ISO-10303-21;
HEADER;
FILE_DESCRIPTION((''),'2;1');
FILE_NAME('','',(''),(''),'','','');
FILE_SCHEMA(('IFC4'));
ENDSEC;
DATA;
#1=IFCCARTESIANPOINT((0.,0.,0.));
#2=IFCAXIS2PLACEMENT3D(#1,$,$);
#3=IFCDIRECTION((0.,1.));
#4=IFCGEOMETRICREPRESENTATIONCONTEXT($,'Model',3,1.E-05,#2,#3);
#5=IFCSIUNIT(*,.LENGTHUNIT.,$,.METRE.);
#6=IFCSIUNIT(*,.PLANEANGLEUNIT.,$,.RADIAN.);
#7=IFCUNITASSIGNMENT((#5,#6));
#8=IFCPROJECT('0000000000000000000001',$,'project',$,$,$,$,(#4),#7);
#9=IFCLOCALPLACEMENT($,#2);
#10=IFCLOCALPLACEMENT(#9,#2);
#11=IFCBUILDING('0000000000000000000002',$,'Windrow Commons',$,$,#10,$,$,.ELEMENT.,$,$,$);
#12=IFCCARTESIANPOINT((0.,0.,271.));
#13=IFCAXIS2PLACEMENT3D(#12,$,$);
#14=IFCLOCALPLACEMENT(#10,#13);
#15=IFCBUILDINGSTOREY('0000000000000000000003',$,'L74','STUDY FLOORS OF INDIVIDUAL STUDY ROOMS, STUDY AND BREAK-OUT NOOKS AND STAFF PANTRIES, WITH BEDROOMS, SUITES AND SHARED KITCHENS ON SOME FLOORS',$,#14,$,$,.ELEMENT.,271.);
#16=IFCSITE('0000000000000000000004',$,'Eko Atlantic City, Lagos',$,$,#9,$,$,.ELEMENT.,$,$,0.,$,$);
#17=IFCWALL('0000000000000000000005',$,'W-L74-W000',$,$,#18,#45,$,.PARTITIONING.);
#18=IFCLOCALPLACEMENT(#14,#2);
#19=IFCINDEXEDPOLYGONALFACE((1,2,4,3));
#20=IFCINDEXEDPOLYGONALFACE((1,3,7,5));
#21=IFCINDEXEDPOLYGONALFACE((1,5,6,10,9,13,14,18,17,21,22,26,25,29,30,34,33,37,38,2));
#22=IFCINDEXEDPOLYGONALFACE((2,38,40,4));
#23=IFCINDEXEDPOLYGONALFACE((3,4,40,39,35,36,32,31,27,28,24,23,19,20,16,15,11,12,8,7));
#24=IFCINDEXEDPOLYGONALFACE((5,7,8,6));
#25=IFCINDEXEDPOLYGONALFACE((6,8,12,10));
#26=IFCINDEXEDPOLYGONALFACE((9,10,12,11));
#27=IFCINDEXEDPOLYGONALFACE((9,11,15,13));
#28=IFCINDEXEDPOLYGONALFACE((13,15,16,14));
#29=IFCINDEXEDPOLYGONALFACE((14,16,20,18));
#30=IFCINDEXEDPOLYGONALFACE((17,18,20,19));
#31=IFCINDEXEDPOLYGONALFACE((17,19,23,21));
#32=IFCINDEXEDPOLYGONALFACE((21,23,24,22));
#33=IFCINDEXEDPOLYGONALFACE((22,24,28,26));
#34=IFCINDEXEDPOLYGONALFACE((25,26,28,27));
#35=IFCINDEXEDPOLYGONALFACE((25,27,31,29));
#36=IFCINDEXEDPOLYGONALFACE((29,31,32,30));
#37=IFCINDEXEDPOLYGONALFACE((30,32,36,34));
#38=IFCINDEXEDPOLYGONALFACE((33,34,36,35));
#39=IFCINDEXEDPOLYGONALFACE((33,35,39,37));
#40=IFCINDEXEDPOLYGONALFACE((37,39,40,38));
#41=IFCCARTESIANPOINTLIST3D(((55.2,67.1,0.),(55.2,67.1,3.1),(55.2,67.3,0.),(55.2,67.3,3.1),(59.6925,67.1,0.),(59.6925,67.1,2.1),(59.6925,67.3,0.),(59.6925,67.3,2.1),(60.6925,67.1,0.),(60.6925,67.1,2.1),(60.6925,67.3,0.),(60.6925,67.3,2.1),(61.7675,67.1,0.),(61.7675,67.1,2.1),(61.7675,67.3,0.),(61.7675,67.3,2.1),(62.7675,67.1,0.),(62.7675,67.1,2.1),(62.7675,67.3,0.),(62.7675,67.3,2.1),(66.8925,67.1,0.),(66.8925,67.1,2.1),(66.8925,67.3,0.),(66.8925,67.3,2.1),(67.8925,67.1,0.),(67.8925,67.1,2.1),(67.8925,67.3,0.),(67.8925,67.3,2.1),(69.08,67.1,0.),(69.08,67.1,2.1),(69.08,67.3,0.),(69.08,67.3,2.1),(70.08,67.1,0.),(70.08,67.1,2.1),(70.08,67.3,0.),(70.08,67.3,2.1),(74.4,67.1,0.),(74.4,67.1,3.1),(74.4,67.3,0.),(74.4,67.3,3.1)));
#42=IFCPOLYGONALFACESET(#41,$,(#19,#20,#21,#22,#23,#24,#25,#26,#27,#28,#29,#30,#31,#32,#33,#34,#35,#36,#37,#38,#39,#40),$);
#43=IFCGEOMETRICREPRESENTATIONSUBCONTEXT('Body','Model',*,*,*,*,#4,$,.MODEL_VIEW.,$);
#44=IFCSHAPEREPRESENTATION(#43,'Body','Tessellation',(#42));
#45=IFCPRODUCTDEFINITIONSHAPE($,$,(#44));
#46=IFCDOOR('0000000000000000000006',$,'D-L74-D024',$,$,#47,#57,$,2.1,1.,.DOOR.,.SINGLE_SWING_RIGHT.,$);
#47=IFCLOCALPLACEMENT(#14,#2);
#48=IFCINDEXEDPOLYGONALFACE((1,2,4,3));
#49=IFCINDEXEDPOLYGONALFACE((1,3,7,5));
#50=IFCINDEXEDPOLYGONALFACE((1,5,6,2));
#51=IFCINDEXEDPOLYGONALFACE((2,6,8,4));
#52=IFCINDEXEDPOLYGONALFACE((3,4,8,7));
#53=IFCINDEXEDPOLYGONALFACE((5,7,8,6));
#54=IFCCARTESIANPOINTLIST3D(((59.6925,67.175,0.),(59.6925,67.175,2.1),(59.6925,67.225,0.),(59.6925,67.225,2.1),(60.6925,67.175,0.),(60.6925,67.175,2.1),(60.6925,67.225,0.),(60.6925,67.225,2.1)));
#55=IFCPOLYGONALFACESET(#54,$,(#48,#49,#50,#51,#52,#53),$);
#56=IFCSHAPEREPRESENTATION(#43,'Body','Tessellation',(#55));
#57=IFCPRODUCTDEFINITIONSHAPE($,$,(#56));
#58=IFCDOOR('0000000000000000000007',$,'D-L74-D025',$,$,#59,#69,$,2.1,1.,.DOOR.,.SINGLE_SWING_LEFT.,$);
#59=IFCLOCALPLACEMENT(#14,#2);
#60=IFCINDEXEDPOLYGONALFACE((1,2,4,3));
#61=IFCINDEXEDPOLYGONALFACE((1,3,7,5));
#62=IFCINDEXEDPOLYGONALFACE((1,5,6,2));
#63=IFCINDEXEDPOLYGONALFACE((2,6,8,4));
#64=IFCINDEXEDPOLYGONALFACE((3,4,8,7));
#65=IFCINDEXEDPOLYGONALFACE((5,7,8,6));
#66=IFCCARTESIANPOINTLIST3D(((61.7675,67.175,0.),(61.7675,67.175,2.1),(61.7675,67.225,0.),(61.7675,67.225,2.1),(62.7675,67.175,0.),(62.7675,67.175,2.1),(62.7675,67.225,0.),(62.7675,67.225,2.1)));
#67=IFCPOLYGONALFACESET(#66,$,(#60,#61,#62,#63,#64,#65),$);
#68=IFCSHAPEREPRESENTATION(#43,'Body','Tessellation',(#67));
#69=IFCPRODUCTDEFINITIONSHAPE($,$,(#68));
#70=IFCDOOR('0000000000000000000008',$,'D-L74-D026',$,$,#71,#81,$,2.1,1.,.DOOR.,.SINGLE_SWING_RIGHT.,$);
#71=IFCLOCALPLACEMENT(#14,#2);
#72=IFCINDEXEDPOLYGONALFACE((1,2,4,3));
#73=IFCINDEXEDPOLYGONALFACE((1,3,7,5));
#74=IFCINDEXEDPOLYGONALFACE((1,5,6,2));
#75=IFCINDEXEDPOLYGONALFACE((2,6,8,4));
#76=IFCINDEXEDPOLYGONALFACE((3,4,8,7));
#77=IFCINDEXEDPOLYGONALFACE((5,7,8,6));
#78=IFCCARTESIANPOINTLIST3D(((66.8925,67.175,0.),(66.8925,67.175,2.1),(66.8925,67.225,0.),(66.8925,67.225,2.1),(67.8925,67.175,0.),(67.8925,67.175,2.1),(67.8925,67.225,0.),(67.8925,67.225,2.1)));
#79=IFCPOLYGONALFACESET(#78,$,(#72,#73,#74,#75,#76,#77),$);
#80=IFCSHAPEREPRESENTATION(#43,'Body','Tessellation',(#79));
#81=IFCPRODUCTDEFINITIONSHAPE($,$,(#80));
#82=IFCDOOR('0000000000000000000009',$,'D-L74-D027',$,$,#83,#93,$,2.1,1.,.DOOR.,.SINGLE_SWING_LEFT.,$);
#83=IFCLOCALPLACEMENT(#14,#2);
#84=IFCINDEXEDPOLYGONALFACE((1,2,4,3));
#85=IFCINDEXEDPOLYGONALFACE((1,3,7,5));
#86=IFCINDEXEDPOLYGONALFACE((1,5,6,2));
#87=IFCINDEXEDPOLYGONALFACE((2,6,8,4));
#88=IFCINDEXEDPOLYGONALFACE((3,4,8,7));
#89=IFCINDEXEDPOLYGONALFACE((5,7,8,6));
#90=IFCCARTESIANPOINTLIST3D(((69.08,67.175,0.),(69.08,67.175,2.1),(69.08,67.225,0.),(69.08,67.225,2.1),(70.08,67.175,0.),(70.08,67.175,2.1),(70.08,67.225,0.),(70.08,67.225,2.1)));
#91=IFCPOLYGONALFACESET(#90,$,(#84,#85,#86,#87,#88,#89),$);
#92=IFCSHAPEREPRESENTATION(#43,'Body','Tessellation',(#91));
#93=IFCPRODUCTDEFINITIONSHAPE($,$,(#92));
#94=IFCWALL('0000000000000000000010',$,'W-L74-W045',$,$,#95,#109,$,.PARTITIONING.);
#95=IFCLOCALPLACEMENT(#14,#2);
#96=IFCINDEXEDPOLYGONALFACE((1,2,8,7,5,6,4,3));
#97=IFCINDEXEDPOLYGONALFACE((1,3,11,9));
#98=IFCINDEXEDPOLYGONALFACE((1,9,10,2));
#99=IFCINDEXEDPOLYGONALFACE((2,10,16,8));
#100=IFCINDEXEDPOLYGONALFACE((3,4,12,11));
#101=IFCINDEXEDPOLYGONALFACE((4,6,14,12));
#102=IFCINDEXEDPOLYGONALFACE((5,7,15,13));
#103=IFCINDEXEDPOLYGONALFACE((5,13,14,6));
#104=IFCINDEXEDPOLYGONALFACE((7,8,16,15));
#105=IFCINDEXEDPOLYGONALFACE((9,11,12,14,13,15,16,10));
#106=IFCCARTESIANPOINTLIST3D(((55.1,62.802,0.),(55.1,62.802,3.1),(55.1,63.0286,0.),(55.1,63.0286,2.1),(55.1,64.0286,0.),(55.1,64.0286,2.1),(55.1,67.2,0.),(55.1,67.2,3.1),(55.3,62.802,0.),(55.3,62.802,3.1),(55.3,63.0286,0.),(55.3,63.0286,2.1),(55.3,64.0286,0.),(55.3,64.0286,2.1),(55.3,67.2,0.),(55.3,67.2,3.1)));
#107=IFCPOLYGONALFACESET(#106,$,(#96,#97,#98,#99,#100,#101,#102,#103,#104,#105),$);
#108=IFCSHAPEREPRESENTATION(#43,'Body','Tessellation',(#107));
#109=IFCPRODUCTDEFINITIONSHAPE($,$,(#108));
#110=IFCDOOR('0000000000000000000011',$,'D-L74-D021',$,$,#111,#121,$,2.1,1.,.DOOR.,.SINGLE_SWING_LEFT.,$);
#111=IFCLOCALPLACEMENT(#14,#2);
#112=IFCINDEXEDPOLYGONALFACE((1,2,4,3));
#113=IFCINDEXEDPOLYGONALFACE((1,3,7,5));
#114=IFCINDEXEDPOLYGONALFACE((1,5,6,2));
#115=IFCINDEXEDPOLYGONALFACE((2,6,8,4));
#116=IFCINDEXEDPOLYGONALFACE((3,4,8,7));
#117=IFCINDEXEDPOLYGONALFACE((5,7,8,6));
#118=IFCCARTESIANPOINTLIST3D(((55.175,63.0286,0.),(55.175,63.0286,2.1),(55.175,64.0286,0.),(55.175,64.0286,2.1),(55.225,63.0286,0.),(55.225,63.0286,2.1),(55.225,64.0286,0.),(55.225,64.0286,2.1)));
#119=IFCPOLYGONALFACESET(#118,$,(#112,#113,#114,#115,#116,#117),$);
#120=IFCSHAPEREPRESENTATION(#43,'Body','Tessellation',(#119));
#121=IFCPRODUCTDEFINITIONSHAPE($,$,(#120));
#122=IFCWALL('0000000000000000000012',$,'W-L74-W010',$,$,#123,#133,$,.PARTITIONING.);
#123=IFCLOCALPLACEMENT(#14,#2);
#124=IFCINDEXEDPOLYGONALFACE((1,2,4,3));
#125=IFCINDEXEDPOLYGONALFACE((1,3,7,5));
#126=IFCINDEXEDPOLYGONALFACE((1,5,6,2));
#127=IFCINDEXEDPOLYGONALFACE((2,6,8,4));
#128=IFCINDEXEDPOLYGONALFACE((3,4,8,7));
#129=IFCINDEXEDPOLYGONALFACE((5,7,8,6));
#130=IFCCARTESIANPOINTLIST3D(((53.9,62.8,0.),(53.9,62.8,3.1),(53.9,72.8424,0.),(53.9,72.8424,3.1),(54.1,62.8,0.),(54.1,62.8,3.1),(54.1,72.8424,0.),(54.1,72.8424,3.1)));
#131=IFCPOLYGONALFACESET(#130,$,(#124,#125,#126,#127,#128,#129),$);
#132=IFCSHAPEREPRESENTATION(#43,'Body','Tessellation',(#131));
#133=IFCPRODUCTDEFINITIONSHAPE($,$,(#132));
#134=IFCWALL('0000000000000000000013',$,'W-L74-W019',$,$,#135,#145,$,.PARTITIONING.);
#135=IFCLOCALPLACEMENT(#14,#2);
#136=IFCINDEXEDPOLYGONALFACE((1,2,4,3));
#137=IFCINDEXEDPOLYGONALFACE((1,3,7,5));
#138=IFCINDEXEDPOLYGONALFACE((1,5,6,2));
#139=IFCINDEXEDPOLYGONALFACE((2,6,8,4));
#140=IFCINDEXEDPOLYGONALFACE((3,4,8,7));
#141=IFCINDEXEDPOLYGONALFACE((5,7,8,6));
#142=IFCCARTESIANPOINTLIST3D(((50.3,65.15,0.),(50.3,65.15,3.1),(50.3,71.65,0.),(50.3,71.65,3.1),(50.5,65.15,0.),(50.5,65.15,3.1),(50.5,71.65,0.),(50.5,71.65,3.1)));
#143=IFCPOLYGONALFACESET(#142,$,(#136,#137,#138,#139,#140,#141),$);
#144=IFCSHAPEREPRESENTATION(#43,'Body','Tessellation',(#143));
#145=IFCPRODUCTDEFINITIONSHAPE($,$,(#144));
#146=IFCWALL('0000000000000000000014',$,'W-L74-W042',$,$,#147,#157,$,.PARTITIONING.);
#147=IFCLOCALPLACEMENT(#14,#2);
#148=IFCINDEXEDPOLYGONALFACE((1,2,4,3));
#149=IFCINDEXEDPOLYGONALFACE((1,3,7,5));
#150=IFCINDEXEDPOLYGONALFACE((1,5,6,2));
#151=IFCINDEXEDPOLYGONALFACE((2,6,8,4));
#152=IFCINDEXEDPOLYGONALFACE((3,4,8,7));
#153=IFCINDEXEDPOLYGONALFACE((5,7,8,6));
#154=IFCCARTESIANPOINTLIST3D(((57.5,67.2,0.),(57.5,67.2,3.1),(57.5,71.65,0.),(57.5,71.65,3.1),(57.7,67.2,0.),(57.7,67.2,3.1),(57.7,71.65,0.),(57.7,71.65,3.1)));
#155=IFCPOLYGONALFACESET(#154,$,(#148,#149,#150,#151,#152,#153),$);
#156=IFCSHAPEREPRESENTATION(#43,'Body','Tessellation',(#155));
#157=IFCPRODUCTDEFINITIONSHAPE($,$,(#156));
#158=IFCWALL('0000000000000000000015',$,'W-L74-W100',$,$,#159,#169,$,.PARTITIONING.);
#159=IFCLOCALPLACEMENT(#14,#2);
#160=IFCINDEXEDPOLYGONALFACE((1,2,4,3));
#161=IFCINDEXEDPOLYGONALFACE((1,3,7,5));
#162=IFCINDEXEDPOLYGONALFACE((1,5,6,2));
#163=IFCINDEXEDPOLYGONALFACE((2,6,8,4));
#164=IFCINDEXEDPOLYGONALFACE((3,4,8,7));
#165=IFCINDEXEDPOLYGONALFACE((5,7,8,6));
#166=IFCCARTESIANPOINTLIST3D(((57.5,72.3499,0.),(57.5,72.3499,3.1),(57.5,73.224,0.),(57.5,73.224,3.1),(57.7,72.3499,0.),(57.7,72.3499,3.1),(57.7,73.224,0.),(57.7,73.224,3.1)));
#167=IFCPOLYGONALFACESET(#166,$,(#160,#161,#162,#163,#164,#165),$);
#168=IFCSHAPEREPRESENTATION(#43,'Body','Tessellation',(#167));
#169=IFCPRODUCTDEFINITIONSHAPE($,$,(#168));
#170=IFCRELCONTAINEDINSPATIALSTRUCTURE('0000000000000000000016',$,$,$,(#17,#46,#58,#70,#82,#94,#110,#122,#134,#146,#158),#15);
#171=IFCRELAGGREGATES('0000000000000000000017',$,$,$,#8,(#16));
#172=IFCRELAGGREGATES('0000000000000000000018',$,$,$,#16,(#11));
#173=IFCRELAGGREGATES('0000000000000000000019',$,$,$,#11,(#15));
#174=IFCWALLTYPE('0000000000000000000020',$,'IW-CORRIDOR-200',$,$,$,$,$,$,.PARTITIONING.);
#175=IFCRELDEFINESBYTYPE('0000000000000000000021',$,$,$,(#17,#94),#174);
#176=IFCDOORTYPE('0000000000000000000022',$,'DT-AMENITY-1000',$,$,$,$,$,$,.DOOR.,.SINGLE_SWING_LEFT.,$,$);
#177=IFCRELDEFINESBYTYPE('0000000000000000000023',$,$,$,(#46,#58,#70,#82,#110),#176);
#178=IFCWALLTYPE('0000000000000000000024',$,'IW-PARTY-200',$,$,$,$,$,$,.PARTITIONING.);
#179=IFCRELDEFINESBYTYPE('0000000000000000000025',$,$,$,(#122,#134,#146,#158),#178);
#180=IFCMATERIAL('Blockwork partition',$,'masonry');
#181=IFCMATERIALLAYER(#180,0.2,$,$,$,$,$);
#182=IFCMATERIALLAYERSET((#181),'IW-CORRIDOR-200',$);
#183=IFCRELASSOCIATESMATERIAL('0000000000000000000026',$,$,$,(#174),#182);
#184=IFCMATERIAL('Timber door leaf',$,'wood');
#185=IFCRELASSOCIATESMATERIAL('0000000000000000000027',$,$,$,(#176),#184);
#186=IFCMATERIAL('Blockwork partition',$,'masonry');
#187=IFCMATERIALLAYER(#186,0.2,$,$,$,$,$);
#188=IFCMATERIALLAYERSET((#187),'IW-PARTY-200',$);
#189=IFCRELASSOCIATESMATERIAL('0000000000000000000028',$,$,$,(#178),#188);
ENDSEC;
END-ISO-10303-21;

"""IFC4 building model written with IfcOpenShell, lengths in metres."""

from ifc_helpers import new_model, si_unit, direction, frame, frame_2d, origin, place, context, subcontext, project, spatial, rectangle, extrude, material, layer, layer_set, type_object, element, fill, save


model = new_model("IFC4")

# Units and contexts
model_context = context("Model", 3, precision=1e-05, world=origin(), true_north=direction((0.0, 1.0)))
body_context = subcontext(model_context, "Body", "Model", "MODEL_VIEW")
ifc_project = project(units=[si_unit("LENGTHUNIT", "METRE"), si_unit("PLANEANGLEUNIT", "RADIAN")], contexts=[model_context])

# Site, building, storey
site_placement = place(None, origin())
site = spatial("IfcSite", under=ifc_project, at=site_placement, Name="Eko Atlantic City, Lagos", CompositionType="ELEMENT", RefElevation=0.0)
building_placement = place(site_placement, origin())
building = spatial("IfcBuilding", under=site, at=building_placement, Name="Windrow Commons", CompositionType="ELEMENT")
storey_placement = place(building_placement, frame((0.0, 0.0, 271.0)))
storey = spatial("IfcBuildingStorey", under=building, at=storey_placement, Name="L74", Description="STUDY FLOORS OF INDIVIDUAL STUDY ROOMS, STUDY AND BREAK-OUT NOOKS AND STAFF PANTRIES, WITH BEDROOMS, SUITES AND SHARED KITCHENS ON SOME FLOORS", CompositionType="ELEMENT", Elevation=271.0)

# Wall, openings, doors
ifc_material_1 = material(Name="Blockwork partition", Category="masonry")
ifc_layer_1 = layer(ifc_material_1, 0.2)
ifc_layer_set_1 = layer_set([ifc_layer_1], Name="IW-CORRIDOR-200")
wall_type_1 = type_object("IfcWallType", Name="IW-CORRIDOR-200", PredefinedType="PARTITIONING", material=ifc_layer_set_1)
wall_1_placement = place(storey_placement, frame((55.2, 67.2, 0.0), z_axis=(0.0, 0.0, 1.0), x_axis=(1.0, 0.0, 0.0)))
wall_1 = element("IfcWall", 1, at=wall_1_placement, inside=storey, type_object=wall_type_1, Name="W-L74-W000", PredefinedType="PARTITIONING", context=body_context, shape_type="SweptSolid", body=[
    extrude(rectangle(XDim=19.2, YDim=0.2, at=frame_2d((9.6, 0.0))), origin(), (0.0, 0.0, 1.0), 3.1),
])
opening_1_placement = place(wall_1_placement, frame((4.4925, 0.0, 0.0)))
opening_1 = element("IfcOpeningElement", 2, at=opening_1_placement, cuts=wall_1, PredefinedType="OPENING", context=body_context, shape_type="SweptSolid", body=[
    extrude(rectangle(XDim=1.0, YDim=2.1, at=frame_2d((0.5, 1.05))), frame((0.0, 0.11, 0.0), z_axis=(0.0, -1.0, 0.0), x_axis=(1.0, 0.0, 0.0)), (0.0, 0.0, 1.0), 0.22),
])
opening_2_placement = place(wall_1_placement, frame((6.5675, 0.0, 0.0)))
opening_2 = element("IfcOpeningElement", 3, at=opening_2_placement, cuts=wall_1, PredefinedType="OPENING", context=body_context, shape_type="SweptSolid", body=[
    extrude(rectangle(XDim=1.0, YDim=2.1, at=frame_2d((0.5, 1.05))), frame((0.0, 0.11, 0.0), z_axis=(0.0, -1.0, 0.0), x_axis=(1.0, 0.0, 0.0)), (0.0, 0.0, 1.0), 0.22),
])
opening_3_placement = place(wall_1_placement, frame((11.6925, 0.0, 0.0)))
opening_3 = element("IfcOpeningElement", 4, at=opening_3_placement, cuts=wall_1, PredefinedType="OPENING", context=body_context, shape_type="SweptSolid", body=[
    extrude(rectangle(XDim=1.0, YDim=2.1, at=frame_2d((0.5, 1.05))), frame((0.0, 0.11, 0.0), z_axis=(0.0, -1.0, 0.0), x_axis=(1.0, 0.0, 0.0)), (0.0, 0.0, 1.0), 0.22),
])
opening_4_placement = place(wall_1_placement, frame((13.88, 0.0, 0.0)))
opening_4 = element("IfcOpeningElement", 5, at=opening_4_placement, cuts=wall_1, PredefinedType="OPENING", context=body_context, shape_type="SweptSolid", body=[
    extrude(rectangle(XDim=1.0, YDim=2.1, at=frame_2d((0.5, 1.05))), frame((0.0, 0.11, 0.0), z_axis=(0.0, -1.0, 0.0), x_axis=(1.0, 0.0, 0.0)), (0.0, 0.0, 1.0), 0.22),
])
ifc_material_2 = material(Name="Timber door leaf", Category="wood")
door_type_1 = type_object("IfcDoorType", Name="DT-AMENITY-1000", OperationType="SINGLE_SWING_LEFT", PredefinedType="DOOR", material=ifc_material_2)
door_1_placement = place(opening_1_placement, origin())
door_1 = element("IfcDoor", 6, at=door_1_placement, inside=storey, type_object=door_type_1, Name="D-L74-D024", OperationType="SINGLE_SWING_RIGHT", OverallHeight=2.1, OverallWidth=1.0, PredefinedType="DOOR", context=body_context, shape_type="SweptSolid", body=[
    extrude(rectangle(XDim=1.0, YDim=2.1, at=frame_2d((0.5, 1.05))), frame((0.0, 0.025, 0.0), z_axis=(0.0, -1.0, 0.0), x_axis=(1.0, 0.0, 0.0)), (0.0, 0.0, 1.0), 0.05),
])
fill(opening_1, door_1)
door_2_placement = place(opening_2_placement, origin())
door_2 = element("IfcDoor", 7, at=door_2_placement, inside=storey, type_object=door_type_1, Name="D-L74-D025", OperationType="SINGLE_SWING_LEFT", OverallHeight=2.1, OverallWidth=1.0, PredefinedType="DOOR", context=body_context, shape_type="SweptSolid", body=[
    extrude(rectangle(XDim=1.0, YDim=2.1, at=frame_2d((0.5, 1.05))), frame((0.0, 0.025, 0.0), z_axis=(0.0, -1.0, 0.0), x_axis=(1.0, 0.0, 0.0)), (0.0, 0.0, 1.0), 0.05),
])
fill(opening_2, door_2)
door_3_placement = place(opening_3_placement, origin())
door_3 = element("IfcDoor", 8, at=door_3_placement, inside=storey, type_object=door_type_1, Name="D-L74-D026", OperationType="SINGLE_SWING_RIGHT", OverallHeight=2.1, OverallWidth=1.0, PredefinedType="DOOR", context=body_context, shape_type="SweptSolid", body=[
    extrude(rectangle(XDim=1.0, YDim=2.1, at=frame_2d((0.5, 1.05))), frame((0.0, 0.025, 0.0), z_axis=(0.0, -1.0, 0.0), x_axis=(1.0, 0.0, 0.0)), (0.0, 0.0, 1.0), 0.05),
])
fill(opening_3, door_3)
door_4_placement = place(opening_4_placement, origin())
door_4 = element("IfcDoor", 9, at=door_4_placement, inside=storey, type_object=door_type_1, Name="D-L74-D027", OperationType="SINGLE_SWING_LEFT", OverallHeight=2.1, OverallWidth=1.0, PredefinedType="DOOR", context=body_context, shape_type="SweptSolid", body=[
    extrude(rectangle(XDim=1.0, YDim=2.1, at=frame_2d((0.5, 1.05))), frame((0.0, 0.025, 0.0), z_axis=(0.0, -1.0, 0.0), x_axis=(1.0, 0.0, 0.0)), (0.0, 0.0, 1.0), 0.05),
])
fill(opening_4, door_4)

# Wall, opening, door
wall_2_placement = place(storey_placement, frame((55.2, 62.802, 0.0), z_axis=(0.0, 0.0, 1.0), x_axis=(0.0, 1.0, 0.0)))
wall_2 = element("IfcWall", 10, at=wall_2_placement, inside=storey, type_object=wall_type_1, Name="W-L74-W045", PredefinedType="PARTITIONING", context=body_context, shape_type="SweptSolid", body=[
    extrude(rectangle(XDim=4.398, YDim=0.2, at=frame_2d((2.199, 0.0))), origin(), (0.0, 0.0, 1.0), 3.1),
])
opening_5_placement = place(wall_2_placement, frame((0.2266, 0.0, 0.0)))
opening_5 = element("IfcOpeningElement", 11, at=opening_5_placement, cuts=wall_2, PredefinedType="OPENING", context=body_context, shape_type="SweptSolid", body=[
    extrude(rectangle(XDim=1.0, YDim=2.1, at=frame_2d((0.5, 1.05))), frame((0.0, 0.11, 0.0), z_axis=(0.0, -1.0, 0.0), x_axis=(1.0, 0.0, 0.0)), (0.0, 0.0, 1.0), 0.22),
])
door_5_placement = place(opening_5_placement, origin())
door_5 = element("IfcDoor", 12, at=door_5_placement, inside=storey, type_object=door_type_1, Name="D-L74-D021", OperationType="SINGLE_SWING_LEFT", OverallHeight=2.1, OverallWidth=1.0, PredefinedType="DOOR", context=body_context, shape_type="SweptSolid", body=[
    extrude(rectangle(XDim=1.0, YDim=2.1, at=frame_2d((0.5, 1.05))), frame((0.0, 0.025, 0.0), z_axis=(0.0, -1.0, 0.0), x_axis=(1.0, 0.0, 0.0)), (0.0, 0.0, 1.0), 0.05),
])
fill(opening_5, door_5)

# Walls
ifc_material_3 = material(Name="Blockwork partition", Category="masonry")
ifc_layer_2 = layer(ifc_material_3, 0.2)
ifc_layer_set_2 = layer_set([ifc_layer_2], Name="IW-PARTY-200")
wall_type_2 = type_object("IfcWallType", Name="IW-PARTY-200", PredefinedType="PARTITIONING", material=ifc_layer_set_2)
wall_3_placement = place(storey_placement, frame((54.0, 62.8, 0.0), z_axis=(0.0, 0.0, 1.0), x_axis=(0.0, 1.0, 0.0)))
element("IfcWall", 13, at=wall_3_placement, inside=storey, type_object=wall_type_2, Name="W-L74-W010", PredefinedType="PARTITIONING", context=body_context, shape_type="SweptSolid", body=[
    extrude(rectangle(XDim=10.0424, YDim=0.2, at=frame_2d((5.0212, 0.0))), origin(), (0.0, 0.0, 1.0), 3.1),
])
wall_4_placement = place(storey_placement, frame((50.4, 65.15, 0.0), z_axis=(0.0, 0.0, 1.0), x_axis=(0.0, 1.0, 0.0)))
element("IfcWall", 14, at=wall_4_placement, inside=storey, type_object=wall_type_2, Name="W-L74-W019", PredefinedType="PARTITIONING", context=body_context, shape_type="SweptSolid", body=[
    extrude(rectangle(XDim=6.5, YDim=0.2, at=frame_2d((3.25, 0.0))), origin(), (0.0, 0.0, 1.0), 3.1),
])
wall_5_placement = place(storey_placement, frame((57.6, 67.2, 0.0), z_axis=(0.0, 0.0, 1.0), x_axis=(0.0, 1.0, 0.0)))
element("IfcWall", 15, at=wall_5_placement, inside=storey, type_object=wall_type_2, Name="W-L74-W042", PredefinedType="PARTITIONING", context=body_context, shape_type="SweptSolid", body=[
    extrude(rectangle(XDim=4.45, YDim=0.2, at=frame_2d((2.225, 0.0))), origin(), (0.0, 0.0, 1.0), 3.1),
])
wall_6_placement = place(storey_placement, frame((57.6, 72.35, 0.0), z_axis=(0.0, 0.0, 1.0), x_axis=(0.0, 1.0, 0.0)))
element("IfcWall", 16, at=wall_6_placement, inside=storey, type_object=wall_type_2, Name="W-L74-W100", PredefinedType="PARTITIONING", context=body_context, shape_type="SweptSolid", body=[
    extrude(rectangle(XDim=0.8741, YDim=0.2, at=frame_2d((0.437, 0.0))), origin(), (0.0, 0.0, 1.0), 3.1),
])

save(model, "model.ifc")
